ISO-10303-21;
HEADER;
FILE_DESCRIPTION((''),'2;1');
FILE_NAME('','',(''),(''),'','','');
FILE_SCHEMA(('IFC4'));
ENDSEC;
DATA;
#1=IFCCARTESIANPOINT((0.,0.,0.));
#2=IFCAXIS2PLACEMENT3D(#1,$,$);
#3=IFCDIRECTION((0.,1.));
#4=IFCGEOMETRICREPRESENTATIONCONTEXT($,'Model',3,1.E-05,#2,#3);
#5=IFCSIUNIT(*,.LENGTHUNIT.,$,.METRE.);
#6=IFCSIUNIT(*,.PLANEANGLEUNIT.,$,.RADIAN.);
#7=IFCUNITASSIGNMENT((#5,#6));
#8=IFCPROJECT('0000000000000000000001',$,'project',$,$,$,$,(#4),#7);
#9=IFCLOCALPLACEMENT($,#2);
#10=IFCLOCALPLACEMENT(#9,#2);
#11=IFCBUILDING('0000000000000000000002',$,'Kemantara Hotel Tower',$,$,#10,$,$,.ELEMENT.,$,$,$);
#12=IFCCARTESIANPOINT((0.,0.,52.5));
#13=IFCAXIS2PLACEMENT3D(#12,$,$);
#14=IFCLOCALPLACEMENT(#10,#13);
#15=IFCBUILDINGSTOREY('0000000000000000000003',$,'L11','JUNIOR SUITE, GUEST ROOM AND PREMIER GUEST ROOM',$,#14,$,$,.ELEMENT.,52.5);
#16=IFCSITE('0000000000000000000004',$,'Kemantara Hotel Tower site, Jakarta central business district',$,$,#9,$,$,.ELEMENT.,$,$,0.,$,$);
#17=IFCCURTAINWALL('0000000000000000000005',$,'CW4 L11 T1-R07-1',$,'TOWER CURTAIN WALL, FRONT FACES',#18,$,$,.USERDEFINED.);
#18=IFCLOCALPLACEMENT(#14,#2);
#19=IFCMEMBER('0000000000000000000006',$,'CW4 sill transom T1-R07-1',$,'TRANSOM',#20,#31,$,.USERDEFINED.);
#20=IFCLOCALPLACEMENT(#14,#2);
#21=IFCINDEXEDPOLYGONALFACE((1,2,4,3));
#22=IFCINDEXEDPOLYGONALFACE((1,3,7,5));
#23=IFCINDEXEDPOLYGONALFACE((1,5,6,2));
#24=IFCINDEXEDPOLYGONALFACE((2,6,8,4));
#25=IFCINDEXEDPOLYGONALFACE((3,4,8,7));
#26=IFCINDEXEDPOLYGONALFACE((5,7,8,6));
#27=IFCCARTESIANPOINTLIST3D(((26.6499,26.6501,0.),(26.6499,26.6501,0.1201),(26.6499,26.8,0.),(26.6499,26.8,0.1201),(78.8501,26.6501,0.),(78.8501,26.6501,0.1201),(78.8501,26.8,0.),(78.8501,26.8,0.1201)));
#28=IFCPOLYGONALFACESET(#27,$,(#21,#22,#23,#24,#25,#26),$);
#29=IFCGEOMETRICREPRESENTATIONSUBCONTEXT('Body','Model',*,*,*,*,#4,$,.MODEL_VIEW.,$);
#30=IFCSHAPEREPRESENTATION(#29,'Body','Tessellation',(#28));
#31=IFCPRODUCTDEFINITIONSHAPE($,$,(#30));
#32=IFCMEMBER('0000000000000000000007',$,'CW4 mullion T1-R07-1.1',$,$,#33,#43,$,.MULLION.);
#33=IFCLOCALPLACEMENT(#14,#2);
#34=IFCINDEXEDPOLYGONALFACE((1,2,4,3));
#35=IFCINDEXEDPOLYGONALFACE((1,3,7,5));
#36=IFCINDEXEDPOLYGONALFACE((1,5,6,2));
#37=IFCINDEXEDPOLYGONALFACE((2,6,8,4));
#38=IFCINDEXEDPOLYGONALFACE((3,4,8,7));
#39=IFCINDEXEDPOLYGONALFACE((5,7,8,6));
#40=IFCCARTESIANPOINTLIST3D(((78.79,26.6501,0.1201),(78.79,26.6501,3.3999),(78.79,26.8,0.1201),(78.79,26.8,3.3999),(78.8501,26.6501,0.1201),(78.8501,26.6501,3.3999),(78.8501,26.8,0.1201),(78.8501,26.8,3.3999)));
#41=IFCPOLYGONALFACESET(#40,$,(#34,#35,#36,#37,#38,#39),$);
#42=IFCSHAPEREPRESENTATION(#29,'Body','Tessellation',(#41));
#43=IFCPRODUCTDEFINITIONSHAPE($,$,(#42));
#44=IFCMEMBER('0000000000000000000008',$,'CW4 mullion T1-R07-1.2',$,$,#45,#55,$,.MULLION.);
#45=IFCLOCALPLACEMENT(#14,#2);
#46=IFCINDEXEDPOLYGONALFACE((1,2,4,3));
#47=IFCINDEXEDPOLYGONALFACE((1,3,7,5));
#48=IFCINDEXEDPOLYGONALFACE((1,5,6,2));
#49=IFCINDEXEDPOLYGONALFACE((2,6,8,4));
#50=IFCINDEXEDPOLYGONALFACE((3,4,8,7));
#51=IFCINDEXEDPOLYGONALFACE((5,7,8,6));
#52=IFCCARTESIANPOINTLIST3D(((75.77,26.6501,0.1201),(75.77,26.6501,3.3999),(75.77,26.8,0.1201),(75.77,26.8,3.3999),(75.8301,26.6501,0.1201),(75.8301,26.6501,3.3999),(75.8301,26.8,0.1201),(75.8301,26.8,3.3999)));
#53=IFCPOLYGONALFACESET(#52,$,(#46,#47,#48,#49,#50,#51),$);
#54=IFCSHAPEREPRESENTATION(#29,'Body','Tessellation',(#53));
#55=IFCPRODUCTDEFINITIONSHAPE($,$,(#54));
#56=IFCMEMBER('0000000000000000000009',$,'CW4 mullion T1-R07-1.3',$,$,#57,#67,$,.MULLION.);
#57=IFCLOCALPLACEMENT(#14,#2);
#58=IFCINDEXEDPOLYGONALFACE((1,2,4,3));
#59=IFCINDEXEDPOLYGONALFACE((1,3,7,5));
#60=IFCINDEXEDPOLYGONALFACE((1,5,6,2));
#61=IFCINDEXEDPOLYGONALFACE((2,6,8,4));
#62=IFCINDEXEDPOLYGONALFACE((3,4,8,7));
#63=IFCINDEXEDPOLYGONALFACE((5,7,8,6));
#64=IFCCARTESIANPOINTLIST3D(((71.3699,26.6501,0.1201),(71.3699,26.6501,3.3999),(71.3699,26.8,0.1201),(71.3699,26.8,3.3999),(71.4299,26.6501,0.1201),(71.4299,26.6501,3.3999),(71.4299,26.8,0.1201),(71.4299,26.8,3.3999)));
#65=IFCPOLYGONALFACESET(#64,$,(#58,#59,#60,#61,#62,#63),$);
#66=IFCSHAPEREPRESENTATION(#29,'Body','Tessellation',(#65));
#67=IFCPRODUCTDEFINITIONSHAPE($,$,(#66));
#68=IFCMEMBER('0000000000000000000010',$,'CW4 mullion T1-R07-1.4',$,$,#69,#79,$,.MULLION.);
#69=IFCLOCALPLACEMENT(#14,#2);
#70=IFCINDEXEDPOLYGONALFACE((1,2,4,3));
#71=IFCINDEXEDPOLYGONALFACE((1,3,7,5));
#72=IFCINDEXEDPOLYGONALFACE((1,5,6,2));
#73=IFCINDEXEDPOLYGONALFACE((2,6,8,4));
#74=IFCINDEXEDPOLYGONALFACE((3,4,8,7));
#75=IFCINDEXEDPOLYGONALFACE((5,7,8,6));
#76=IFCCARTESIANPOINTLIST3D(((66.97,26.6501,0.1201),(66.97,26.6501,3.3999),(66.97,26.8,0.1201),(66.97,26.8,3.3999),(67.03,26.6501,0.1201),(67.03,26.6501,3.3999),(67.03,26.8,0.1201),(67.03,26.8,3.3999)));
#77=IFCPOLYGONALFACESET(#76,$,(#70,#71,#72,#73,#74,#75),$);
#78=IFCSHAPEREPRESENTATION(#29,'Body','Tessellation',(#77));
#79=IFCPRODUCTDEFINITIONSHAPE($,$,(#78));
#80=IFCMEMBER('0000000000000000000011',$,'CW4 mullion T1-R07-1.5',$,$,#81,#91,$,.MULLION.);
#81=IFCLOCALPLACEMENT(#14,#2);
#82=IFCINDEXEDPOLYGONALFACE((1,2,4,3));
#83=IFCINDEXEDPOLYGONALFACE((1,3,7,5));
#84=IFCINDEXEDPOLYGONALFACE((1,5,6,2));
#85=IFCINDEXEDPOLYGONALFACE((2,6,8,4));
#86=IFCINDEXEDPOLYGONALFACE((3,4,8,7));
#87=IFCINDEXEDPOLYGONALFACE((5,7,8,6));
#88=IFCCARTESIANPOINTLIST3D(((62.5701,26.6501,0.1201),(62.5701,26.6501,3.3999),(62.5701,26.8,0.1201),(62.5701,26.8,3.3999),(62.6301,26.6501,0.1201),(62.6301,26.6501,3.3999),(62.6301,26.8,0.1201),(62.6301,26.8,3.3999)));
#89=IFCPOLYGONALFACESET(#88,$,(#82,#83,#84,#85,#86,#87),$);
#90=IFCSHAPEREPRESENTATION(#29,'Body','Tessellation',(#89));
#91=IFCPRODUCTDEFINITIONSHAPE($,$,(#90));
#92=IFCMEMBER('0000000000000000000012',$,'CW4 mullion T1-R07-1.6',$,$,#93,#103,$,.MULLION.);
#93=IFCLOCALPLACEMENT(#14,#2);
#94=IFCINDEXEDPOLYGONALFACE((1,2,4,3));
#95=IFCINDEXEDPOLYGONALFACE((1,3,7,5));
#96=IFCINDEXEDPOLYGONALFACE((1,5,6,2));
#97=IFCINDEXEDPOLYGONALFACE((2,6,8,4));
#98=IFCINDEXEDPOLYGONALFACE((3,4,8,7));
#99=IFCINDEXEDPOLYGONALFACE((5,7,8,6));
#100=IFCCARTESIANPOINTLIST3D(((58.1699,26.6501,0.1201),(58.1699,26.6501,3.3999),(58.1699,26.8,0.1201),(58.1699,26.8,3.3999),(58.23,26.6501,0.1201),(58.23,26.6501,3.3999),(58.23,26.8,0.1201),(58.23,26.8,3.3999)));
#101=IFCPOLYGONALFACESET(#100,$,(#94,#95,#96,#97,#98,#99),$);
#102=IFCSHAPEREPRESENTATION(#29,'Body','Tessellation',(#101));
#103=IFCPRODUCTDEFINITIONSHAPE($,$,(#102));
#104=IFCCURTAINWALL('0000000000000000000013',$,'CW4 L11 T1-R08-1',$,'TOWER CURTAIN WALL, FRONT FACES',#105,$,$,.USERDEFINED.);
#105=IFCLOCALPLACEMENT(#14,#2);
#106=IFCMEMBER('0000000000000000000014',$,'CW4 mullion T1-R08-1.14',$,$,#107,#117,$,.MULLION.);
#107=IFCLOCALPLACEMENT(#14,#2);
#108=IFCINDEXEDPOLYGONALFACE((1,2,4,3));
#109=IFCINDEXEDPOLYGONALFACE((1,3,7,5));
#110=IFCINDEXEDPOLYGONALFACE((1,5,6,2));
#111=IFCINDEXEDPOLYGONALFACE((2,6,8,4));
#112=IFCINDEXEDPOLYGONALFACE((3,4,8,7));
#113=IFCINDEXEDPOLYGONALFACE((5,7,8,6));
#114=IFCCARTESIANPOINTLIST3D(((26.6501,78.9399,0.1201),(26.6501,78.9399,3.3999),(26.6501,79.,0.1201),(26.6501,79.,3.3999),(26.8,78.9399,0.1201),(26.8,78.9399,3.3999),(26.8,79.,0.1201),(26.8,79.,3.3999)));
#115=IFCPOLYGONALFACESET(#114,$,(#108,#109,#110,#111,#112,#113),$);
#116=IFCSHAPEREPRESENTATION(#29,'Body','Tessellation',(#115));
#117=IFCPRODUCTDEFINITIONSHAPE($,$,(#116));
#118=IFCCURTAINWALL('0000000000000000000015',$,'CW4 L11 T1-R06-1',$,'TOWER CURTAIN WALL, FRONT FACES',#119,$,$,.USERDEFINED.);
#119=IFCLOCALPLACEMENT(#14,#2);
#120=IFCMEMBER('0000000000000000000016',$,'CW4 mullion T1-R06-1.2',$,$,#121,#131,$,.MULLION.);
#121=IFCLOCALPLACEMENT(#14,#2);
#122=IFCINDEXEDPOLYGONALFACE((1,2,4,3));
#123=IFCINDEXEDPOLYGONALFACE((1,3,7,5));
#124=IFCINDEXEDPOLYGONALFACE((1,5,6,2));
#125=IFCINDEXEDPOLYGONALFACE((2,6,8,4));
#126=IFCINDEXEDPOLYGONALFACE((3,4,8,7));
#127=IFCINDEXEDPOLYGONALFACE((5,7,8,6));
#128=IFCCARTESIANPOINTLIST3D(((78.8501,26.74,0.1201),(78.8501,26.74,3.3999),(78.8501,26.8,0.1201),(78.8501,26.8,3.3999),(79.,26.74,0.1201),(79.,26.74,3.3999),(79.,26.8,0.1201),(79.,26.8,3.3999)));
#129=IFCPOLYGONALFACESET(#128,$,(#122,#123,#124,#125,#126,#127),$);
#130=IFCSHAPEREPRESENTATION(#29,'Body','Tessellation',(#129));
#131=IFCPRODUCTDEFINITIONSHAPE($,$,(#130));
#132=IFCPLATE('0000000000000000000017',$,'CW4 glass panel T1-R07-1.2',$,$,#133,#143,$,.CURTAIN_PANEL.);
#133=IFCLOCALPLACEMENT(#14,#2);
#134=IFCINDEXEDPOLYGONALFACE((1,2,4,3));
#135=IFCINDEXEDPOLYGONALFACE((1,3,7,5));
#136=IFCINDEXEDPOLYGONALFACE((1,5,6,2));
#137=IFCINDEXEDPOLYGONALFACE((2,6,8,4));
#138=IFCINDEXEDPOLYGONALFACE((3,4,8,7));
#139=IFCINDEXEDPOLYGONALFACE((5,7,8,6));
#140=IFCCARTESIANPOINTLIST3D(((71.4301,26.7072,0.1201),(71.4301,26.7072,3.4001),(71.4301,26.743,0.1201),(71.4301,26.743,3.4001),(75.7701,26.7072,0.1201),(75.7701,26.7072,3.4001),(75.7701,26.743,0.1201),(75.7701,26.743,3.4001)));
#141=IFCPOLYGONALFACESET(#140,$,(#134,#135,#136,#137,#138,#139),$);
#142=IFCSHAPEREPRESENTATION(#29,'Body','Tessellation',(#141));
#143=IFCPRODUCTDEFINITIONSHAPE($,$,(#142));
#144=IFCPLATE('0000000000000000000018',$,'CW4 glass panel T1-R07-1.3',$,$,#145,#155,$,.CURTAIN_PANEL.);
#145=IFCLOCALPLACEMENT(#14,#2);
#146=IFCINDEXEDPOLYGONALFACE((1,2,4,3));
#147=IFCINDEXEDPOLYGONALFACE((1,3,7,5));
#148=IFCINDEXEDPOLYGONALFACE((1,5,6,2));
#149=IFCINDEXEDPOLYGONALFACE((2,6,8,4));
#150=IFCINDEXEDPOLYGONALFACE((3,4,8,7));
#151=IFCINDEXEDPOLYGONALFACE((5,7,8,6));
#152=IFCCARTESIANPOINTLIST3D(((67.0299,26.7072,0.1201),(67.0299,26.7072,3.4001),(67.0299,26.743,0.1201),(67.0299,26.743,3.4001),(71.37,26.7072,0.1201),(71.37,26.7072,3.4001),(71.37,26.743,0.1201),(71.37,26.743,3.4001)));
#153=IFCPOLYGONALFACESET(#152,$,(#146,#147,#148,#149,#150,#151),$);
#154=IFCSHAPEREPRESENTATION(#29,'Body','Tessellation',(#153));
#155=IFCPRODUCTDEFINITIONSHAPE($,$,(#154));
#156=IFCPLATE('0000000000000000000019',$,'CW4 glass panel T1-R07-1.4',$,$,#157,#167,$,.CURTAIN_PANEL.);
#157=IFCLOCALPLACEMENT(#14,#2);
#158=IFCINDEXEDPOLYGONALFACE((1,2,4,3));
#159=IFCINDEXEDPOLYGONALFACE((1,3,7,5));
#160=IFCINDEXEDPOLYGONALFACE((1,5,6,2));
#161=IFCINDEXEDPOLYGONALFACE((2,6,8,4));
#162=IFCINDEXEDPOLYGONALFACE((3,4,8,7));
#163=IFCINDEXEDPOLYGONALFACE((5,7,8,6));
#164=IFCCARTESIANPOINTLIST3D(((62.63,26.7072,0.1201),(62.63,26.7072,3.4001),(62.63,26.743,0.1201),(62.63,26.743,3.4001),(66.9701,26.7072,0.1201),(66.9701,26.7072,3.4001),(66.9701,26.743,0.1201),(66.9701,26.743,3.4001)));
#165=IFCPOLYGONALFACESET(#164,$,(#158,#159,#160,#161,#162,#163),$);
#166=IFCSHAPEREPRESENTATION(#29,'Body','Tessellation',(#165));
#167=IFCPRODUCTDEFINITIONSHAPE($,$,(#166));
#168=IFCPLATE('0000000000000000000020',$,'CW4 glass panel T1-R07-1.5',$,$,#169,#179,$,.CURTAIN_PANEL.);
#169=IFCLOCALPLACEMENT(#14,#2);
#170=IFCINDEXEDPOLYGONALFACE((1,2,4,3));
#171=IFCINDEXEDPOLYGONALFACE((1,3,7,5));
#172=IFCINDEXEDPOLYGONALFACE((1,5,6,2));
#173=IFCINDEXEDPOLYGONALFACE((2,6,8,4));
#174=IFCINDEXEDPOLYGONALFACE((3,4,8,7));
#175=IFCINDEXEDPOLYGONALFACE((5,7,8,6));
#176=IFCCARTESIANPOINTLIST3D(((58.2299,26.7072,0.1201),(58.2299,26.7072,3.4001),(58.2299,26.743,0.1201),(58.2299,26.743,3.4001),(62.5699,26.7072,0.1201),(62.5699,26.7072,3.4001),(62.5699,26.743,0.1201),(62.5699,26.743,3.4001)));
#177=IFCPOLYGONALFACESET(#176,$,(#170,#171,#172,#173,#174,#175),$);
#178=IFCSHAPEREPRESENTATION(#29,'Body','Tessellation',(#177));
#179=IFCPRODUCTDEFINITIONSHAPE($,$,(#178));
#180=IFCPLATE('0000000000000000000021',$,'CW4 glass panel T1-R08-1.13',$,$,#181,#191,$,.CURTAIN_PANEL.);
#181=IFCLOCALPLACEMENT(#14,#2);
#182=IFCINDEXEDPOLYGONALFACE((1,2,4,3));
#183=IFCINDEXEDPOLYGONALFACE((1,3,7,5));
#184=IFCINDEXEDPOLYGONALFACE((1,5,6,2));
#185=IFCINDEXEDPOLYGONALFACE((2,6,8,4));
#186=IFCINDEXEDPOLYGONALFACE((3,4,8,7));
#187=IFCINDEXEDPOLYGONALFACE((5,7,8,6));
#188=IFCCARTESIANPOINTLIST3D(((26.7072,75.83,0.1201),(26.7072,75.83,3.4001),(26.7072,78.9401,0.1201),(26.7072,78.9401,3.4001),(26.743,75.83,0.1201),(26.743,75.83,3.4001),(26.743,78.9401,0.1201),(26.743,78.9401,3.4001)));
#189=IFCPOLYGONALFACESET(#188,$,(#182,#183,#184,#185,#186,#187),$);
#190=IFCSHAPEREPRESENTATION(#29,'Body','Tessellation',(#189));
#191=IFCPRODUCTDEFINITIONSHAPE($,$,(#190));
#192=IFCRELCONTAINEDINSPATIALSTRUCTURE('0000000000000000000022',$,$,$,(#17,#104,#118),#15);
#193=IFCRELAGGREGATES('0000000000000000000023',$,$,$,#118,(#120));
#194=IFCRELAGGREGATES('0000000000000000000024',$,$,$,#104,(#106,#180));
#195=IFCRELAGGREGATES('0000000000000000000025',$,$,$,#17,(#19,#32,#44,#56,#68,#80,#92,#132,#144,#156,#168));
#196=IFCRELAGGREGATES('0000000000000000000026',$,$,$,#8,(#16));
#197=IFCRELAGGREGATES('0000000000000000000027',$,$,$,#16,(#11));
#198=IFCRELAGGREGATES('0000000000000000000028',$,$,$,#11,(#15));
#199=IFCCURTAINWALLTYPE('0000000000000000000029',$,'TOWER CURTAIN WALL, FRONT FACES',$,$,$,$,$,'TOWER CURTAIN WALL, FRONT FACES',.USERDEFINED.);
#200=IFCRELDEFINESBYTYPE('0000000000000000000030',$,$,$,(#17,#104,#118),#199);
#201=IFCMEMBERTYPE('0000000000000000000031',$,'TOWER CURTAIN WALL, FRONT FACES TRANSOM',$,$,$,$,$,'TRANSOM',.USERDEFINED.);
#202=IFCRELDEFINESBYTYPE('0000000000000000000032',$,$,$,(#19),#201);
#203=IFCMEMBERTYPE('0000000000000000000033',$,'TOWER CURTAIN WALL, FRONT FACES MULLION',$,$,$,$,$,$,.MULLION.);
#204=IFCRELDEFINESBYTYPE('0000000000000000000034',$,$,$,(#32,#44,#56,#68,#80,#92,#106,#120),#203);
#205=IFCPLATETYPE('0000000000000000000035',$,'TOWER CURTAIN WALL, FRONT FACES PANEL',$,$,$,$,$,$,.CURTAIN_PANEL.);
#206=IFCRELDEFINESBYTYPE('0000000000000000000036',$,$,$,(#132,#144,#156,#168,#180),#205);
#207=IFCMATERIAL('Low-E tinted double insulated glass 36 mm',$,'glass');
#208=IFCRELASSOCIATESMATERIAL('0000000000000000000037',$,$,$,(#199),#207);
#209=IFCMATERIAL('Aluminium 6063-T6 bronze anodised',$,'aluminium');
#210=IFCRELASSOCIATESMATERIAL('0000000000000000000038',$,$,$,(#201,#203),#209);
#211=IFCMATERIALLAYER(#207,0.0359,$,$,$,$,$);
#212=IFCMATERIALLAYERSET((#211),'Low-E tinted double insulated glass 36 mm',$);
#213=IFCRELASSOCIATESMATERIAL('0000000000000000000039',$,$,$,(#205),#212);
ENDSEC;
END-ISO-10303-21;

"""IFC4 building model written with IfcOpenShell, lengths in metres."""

from ifc_helpers import new_model, si_unit, direction, frame, origin, origin_2d, place, context, subcontext, project, spatial, rectangle, extrude, source, transform, mapped, material, layer, layer_set, material_profile, profile_set, type_object, element, aggregate, save


model = new_model("IFC4")

# Units and contexts
model_context = context("Model", 3, precision=1e-05, world=origin(), true_north=direction((0.0, 1.0)))
body_context = subcontext(model_context, "Body", "Model", "MODEL_VIEW")
ifc_project = project(units=[si_unit("LENGTHUNIT", "METRE"), si_unit("PLANEANGLEUNIT", "RADIAN")], contexts=[model_context])

# Site, building, storey
site_placement = place(None, origin())
site = spatial("IfcSite", under=ifc_project, at=site_placement, Name="Kemantara Hotel Tower site, Jakarta central business district", CompositionType="ELEMENT", RefElevation=0.0)
building_placement = place(site_placement, origin())
building = spatial("IfcBuilding", under=site, at=building_placement, Name="Kemantara Hotel Tower", CompositionType="ELEMENT")
storey_placement = place(building_placement, frame((0.0, 0.0, 52.5)))
storey = spatial("IfcBuildingStorey", under=building, at=storey_placement, Name="L11", Description="JUNIOR SUITE, GUEST ROOM AND PREMIER GUEST ROOM", CompositionType="ELEMENT", Elevation=52.5)

# Curtain wall, members
ifc_material_1 = material(Name="Low-E tinted double insulated glass 36 mm", Category="glass")
curtain_wall_type = type_object("IfcCurtainWallType", Name="TOWER CURTAIN WALL, FRONT FACES", ElementType="TOWER CURTAIN WALL, FRONT FACES", PredefinedType="USERDEFINED", material=ifc_material_1)
curtain_wall_1_placement = place(storey_placement, origin())
curtain_wall_1 = element("IfcCurtainWall", 1, at=curtain_wall_1_placement, inside=storey, type_object=curtain_wall_type, Name="CW4 L11 T1-R07-1", ObjectType="TOWER CURTAIN WALL, FRONT FACES", PredefinedType="USERDEFINED")
ifc_material_2 = material(Name="Aluminium 6063-T6 bronze anodised", Category="aluminium")
ifc_material_profile_1 = material_profile(ifc_material_2, rectangle(XDim=0.1499, YDim=0.1201, at=origin_2d()), Name="TOWER CURTAIN WALL, FRONT FACES TRANSOM")
ifc_profile_set_1 = profile_set([ifc_material_profile_1], Name="Aluminium 6063-T6 bronze anodised")
member_type_1 = type_object("IfcMemberType", Name="TOWER CURTAIN WALL, FRONT FACES TRANSOM", ElementType="TRANSOM", PredefinedType="USERDEFINED", material=ifc_profile_set_1)
member_1_placement = place(storey_placement, frame((78.8501, 26.7251, 0.0601), z_axis=(-1.0, 0.0, 0.0), x_axis=(0.0, -1.0, 0.0)))
member_1 = element("IfcMember", 2, at=member_1_placement, type_object=member_type_1, Name="CW4 sill transom T1-R07-1", ObjectType="TRANSOM", PredefinedType="USERDEFINED", context=body_context, shape_type="SweptSolid", body=[
    extrude(rectangle(XDim=0.1499, YDim=0.1201, at=origin_2d()), origin(), (0.0, 0.0, 1.0), 52.2002),
])
ifc_material_profile_2 = material_profile(ifc_material_2, rectangle(XDim=0.1499, YDim=0.0601, at=origin_2d()), Name="TOWER CURTAIN WALL, FRONT FACES MULLION")
ifc_profile_set_2 = profile_set([ifc_material_profile_2], Name="Aluminium 6063-T6 bronze anodised")
member_type_2 = type_object("IfcMemberType", Name="TOWER CURTAIN WALL, FRONT FACES MULLION", PredefinedType="MULLION", material=ifc_profile_set_2)
shared_shape_1 = source(origin(), body_context, "Body", "SweptSolid", [
    extrude(rectangle(XDim=0.1499, YDim=0.0601, at=origin_2d()), origin(), (0.0, 0.0, 1.0), 3.2798),
])
member_2_placement = place(storey_placement, frame((78.8201, 26.7251, 0.1201), z_axis=(0.0, 0.0, 1.0), x_axis=(0.0, -1.0, 0.0)))
member_2 = element("IfcMember", 3, at=member_2_placement, type_object=member_type_2, Name="CW4 mullion T1-R07-1.1", PredefinedType="MULLION", context=body_context, shape_type="MappedRepresentation", body=[
    mapped(shared_shape_1, transform((0.0, 0.0, 0.0))),
])
member_3_placement = place(storey_placement, frame((75.8, 26.7251, 0.1201), z_axis=(0.0, 0.0, 1.0), x_axis=(0.0, -1.0, 0.0)))
member_3 = element("IfcMember", 4, at=member_3_placement, type_object=member_type_2, Name="CW4 mullion T1-R07-1.2", PredefinedType="MULLION", context=body_context, shape_type="MappedRepresentation", body=[
    mapped(shared_shape_1, transform((0.0, 0.0, 0.0))),
])
member_4_placement = place(storey_placement, frame((71.3999, 26.7251, 0.1201), z_axis=(0.0, 0.0, 1.0), x_axis=(0.0, -1.0, 0.0)))
member_4 = element("IfcMember", 5, at=member_4_placement, type_object=member_type_2, Name="CW4 mullion T1-R07-1.3", PredefinedType="MULLION", context=body_context, shape_type="MappedRepresentation", body=[
    mapped(shared_shape_1, transform((0.0, 0.0, 0.0))),
])
member_5_placement = place(storey_placement, frame((67.0, 26.7251, 0.1201), z_axis=(0.0, 0.0, 1.0), x_axis=(0.0, -1.0, 0.0)))
member_5 = element("IfcMember", 6, at=member_5_placement, type_object=member_type_2, Name="CW4 mullion T1-R07-1.4", PredefinedType="MULLION", context=body_context, shape_type="MappedRepresentation", body=[
    mapped(shared_shape_1, transform((0.0, 0.0, 0.0))),
])
member_6_placement = place(storey_placement, frame((62.6001, 26.7251, 0.1201), z_axis=(0.0, 0.0, 1.0), x_axis=(0.0, -1.0, 0.0)))
member_6 = element("IfcMember", 7, at=member_6_placement, type_object=member_type_2, Name="CW4 mullion T1-R07-1.5", PredefinedType="MULLION", context=body_context, shape_type="MappedRepresentation", body=[
    mapped(shared_shape_1, transform((0.0, 0.0, 0.0))),
])
member_7_placement = place(storey_placement, frame((58.2, 26.7251, 0.1201), z_axis=(0.0, 0.0, 1.0), x_axis=(0.0, -1.0, 0.0)))
member_7 = element("IfcMember", 8, at=member_7_placement, type_object=member_type_2, Name="CW4 mullion T1-R07-1.6", PredefinedType="MULLION", context=body_context, shape_type="MappedRepresentation", body=[
    mapped(shared_shape_1, transform((0.0, 0.0, 0.0))),
])

# Curtain walls, members
curtain_wall_2_placement = place(storey_placement, origin())
curtain_wall_2 = element("IfcCurtainWall", 9, at=curtain_wall_2_placement, inside=storey, type_object=curtain_wall_type, Name="CW4 L11 T1-R08-1", ObjectType="TOWER CURTAIN WALL, FRONT FACES", PredefinedType="USERDEFINED")
member_8_placement = place(storey_placement, frame((26.7251, 78.97, 0.1201), z_axis=(0.0, 0.0, 1.0), x_axis=(-1.0, 0.0, 0.0)))
member_8 = element("IfcMember", 10, at=member_8_placement, type_object=member_type_2, Name="CW4 mullion T1-R08-1.14", PredefinedType="MULLION", context=body_context, shape_type="MappedRepresentation", body=[
    mapped(shared_shape_1, transform((0.0, 0.0, 0.0))),
])
curtain_wall_3_placement = place(storey_placement, origin())
curtain_wall_3 = element("IfcCurtainWall", 11, at=curtain_wall_3_placement, inside=storey, type_object=curtain_wall_type, Name="CW4 L11 T1-R06-1", ObjectType="TOWER CURTAIN WALL, FRONT FACES", PredefinedType="USERDEFINED")
member_9_placement = place(storey_placement, frame((78.925, 26.77, 0.1201), z_axis=(0.0, 0.0, 1.0), x_axis=(-1.0, 0.0, 0.0)))
member_9 = element("IfcMember", 12, at=member_9_placement, type_object=member_type_2, Name="CW4 mullion T1-R06-1.2", PredefinedType="MULLION", context=body_context, shape_type="MappedRepresentation", body=[
    mapped(shared_shape_1, transform((0.0, 0.0, 0.0))),
])
aggregate(curtain_wall_3, [member_9])

# Plates
ifc_layer_1 = layer(ifc_material_1, 0.0359)
ifc_layer_set_1 = layer_set([ifc_layer_1], Name="Low-E tinted double insulated glass 36 mm")
plate_type = type_object("IfcPlateType", Name="TOWER CURTAIN WALL, FRONT FACES PANEL", PredefinedType="CURTAIN_PANEL", material=ifc_layer_set_1)
shared_shape_2 = source(origin(), body_context, "Body", "SweptSolid", [
    extrude(rectangle(XDim=4.3401, YDim=0.0359, at=origin_2d()), origin(), (0.0, 0.0, 1.0), 3.28),
])
plate_1_placement = place(storey_placement, frame((73.6001, 26.7251, 0.1201), z_axis=(0.0, 0.0, 1.0), x_axis=(-1.0, 0.0, 0.0)))
plate_1 = element("IfcPlate", 13, at=plate_1_placement, type_object=plate_type, Name="CW4 glass panel T1-R07-1.2", PredefinedType="CURTAIN_PANEL", context=body_context, shape_type="MappedRepresentation", body=[
    mapped(shared_shape_2, transform((0.0, 0.0, 0.0))),
])
plate_2_placement = place(storey_placement, frame((69.2, 26.7251, 0.1201), z_axis=(0.0, 0.0, 1.0), x_axis=(-1.0, 0.0, 0.0)))
plate_2 = element("IfcPlate", 14, at=plate_2_placement, type_object=plate_type, Name="CW4 glass panel T1-R07-1.3", PredefinedType="CURTAIN_PANEL", context=body_context, shape_type="MappedRepresentation", body=[
    mapped(shared_shape_2, transform((0.0, 0.0, 0.0))),
])
plate_3_placement = place(storey_placement, frame((64.8, 26.7251, 0.1201), z_axis=(0.0, 0.0, 1.0), x_axis=(-1.0, 0.0, 0.0)))
plate_3 = element("IfcPlate", 15, at=plate_3_placement, type_object=plate_type, Name="CW4 glass panel T1-R07-1.4", PredefinedType="CURTAIN_PANEL", context=body_context, shape_type="MappedRepresentation", body=[
    mapped(shared_shape_2, transform((0.0, 0.0, 0.0))),
])
plate_4_placement = place(storey_placement, frame((60.3999, 26.7251, 0.1201), z_axis=(0.0, 0.0, 1.0), x_axis=(-1.0, 0.0, 0.0)))
plate_4 = element("IfcPlate", 16, at=plate_4_placement, type_object=plate_type, Name="CW4 glass panel T1-R07-1.5", PredefinedType="CURTAIN_PANEL", context=body_context, shape_type="MappedRepresentation", body=[
    mapped(shared_shape_2, transform((0.0, 0.0, 0.0))),
])
shared_shape_3 = source(origin(), body_context, "Body", "SweptSolid", [
    extrude(rectangle(XDim=3.1101, YDim=0.0359, at=origin_2d()), origin(), (0.0, 0.0, 1.0), 3.28),
])
plate_5_placement = place(storey_placement, frame((26.7251, 77.385, 0.1201), z_axis=(0.0, 0.0, 1.0), x_axis=(0.0, 1.0, 0.0)))
plate_5 = element("IfcPlate", 17, at=plate_5_placement, type_object=plate_type, Name="CW4 glass panel T1-R08-1.13", PredefinedType="CURTAIN_PANEL", context=body_context, shape_type="MappedRepresentation", body=[
    mapped(shared_shape_3, transform((0.0, 0.0, 0.0))),
])
aggregate(curtain_wall_2, [member_8, plate_5])
aggregate(curtain_wall_1, [member_1, member_2, member_3, member_4, member_5, member_6, member_7, plate_1, plate_2, plate_3, plate_4])

save(model, "model.ifc")
